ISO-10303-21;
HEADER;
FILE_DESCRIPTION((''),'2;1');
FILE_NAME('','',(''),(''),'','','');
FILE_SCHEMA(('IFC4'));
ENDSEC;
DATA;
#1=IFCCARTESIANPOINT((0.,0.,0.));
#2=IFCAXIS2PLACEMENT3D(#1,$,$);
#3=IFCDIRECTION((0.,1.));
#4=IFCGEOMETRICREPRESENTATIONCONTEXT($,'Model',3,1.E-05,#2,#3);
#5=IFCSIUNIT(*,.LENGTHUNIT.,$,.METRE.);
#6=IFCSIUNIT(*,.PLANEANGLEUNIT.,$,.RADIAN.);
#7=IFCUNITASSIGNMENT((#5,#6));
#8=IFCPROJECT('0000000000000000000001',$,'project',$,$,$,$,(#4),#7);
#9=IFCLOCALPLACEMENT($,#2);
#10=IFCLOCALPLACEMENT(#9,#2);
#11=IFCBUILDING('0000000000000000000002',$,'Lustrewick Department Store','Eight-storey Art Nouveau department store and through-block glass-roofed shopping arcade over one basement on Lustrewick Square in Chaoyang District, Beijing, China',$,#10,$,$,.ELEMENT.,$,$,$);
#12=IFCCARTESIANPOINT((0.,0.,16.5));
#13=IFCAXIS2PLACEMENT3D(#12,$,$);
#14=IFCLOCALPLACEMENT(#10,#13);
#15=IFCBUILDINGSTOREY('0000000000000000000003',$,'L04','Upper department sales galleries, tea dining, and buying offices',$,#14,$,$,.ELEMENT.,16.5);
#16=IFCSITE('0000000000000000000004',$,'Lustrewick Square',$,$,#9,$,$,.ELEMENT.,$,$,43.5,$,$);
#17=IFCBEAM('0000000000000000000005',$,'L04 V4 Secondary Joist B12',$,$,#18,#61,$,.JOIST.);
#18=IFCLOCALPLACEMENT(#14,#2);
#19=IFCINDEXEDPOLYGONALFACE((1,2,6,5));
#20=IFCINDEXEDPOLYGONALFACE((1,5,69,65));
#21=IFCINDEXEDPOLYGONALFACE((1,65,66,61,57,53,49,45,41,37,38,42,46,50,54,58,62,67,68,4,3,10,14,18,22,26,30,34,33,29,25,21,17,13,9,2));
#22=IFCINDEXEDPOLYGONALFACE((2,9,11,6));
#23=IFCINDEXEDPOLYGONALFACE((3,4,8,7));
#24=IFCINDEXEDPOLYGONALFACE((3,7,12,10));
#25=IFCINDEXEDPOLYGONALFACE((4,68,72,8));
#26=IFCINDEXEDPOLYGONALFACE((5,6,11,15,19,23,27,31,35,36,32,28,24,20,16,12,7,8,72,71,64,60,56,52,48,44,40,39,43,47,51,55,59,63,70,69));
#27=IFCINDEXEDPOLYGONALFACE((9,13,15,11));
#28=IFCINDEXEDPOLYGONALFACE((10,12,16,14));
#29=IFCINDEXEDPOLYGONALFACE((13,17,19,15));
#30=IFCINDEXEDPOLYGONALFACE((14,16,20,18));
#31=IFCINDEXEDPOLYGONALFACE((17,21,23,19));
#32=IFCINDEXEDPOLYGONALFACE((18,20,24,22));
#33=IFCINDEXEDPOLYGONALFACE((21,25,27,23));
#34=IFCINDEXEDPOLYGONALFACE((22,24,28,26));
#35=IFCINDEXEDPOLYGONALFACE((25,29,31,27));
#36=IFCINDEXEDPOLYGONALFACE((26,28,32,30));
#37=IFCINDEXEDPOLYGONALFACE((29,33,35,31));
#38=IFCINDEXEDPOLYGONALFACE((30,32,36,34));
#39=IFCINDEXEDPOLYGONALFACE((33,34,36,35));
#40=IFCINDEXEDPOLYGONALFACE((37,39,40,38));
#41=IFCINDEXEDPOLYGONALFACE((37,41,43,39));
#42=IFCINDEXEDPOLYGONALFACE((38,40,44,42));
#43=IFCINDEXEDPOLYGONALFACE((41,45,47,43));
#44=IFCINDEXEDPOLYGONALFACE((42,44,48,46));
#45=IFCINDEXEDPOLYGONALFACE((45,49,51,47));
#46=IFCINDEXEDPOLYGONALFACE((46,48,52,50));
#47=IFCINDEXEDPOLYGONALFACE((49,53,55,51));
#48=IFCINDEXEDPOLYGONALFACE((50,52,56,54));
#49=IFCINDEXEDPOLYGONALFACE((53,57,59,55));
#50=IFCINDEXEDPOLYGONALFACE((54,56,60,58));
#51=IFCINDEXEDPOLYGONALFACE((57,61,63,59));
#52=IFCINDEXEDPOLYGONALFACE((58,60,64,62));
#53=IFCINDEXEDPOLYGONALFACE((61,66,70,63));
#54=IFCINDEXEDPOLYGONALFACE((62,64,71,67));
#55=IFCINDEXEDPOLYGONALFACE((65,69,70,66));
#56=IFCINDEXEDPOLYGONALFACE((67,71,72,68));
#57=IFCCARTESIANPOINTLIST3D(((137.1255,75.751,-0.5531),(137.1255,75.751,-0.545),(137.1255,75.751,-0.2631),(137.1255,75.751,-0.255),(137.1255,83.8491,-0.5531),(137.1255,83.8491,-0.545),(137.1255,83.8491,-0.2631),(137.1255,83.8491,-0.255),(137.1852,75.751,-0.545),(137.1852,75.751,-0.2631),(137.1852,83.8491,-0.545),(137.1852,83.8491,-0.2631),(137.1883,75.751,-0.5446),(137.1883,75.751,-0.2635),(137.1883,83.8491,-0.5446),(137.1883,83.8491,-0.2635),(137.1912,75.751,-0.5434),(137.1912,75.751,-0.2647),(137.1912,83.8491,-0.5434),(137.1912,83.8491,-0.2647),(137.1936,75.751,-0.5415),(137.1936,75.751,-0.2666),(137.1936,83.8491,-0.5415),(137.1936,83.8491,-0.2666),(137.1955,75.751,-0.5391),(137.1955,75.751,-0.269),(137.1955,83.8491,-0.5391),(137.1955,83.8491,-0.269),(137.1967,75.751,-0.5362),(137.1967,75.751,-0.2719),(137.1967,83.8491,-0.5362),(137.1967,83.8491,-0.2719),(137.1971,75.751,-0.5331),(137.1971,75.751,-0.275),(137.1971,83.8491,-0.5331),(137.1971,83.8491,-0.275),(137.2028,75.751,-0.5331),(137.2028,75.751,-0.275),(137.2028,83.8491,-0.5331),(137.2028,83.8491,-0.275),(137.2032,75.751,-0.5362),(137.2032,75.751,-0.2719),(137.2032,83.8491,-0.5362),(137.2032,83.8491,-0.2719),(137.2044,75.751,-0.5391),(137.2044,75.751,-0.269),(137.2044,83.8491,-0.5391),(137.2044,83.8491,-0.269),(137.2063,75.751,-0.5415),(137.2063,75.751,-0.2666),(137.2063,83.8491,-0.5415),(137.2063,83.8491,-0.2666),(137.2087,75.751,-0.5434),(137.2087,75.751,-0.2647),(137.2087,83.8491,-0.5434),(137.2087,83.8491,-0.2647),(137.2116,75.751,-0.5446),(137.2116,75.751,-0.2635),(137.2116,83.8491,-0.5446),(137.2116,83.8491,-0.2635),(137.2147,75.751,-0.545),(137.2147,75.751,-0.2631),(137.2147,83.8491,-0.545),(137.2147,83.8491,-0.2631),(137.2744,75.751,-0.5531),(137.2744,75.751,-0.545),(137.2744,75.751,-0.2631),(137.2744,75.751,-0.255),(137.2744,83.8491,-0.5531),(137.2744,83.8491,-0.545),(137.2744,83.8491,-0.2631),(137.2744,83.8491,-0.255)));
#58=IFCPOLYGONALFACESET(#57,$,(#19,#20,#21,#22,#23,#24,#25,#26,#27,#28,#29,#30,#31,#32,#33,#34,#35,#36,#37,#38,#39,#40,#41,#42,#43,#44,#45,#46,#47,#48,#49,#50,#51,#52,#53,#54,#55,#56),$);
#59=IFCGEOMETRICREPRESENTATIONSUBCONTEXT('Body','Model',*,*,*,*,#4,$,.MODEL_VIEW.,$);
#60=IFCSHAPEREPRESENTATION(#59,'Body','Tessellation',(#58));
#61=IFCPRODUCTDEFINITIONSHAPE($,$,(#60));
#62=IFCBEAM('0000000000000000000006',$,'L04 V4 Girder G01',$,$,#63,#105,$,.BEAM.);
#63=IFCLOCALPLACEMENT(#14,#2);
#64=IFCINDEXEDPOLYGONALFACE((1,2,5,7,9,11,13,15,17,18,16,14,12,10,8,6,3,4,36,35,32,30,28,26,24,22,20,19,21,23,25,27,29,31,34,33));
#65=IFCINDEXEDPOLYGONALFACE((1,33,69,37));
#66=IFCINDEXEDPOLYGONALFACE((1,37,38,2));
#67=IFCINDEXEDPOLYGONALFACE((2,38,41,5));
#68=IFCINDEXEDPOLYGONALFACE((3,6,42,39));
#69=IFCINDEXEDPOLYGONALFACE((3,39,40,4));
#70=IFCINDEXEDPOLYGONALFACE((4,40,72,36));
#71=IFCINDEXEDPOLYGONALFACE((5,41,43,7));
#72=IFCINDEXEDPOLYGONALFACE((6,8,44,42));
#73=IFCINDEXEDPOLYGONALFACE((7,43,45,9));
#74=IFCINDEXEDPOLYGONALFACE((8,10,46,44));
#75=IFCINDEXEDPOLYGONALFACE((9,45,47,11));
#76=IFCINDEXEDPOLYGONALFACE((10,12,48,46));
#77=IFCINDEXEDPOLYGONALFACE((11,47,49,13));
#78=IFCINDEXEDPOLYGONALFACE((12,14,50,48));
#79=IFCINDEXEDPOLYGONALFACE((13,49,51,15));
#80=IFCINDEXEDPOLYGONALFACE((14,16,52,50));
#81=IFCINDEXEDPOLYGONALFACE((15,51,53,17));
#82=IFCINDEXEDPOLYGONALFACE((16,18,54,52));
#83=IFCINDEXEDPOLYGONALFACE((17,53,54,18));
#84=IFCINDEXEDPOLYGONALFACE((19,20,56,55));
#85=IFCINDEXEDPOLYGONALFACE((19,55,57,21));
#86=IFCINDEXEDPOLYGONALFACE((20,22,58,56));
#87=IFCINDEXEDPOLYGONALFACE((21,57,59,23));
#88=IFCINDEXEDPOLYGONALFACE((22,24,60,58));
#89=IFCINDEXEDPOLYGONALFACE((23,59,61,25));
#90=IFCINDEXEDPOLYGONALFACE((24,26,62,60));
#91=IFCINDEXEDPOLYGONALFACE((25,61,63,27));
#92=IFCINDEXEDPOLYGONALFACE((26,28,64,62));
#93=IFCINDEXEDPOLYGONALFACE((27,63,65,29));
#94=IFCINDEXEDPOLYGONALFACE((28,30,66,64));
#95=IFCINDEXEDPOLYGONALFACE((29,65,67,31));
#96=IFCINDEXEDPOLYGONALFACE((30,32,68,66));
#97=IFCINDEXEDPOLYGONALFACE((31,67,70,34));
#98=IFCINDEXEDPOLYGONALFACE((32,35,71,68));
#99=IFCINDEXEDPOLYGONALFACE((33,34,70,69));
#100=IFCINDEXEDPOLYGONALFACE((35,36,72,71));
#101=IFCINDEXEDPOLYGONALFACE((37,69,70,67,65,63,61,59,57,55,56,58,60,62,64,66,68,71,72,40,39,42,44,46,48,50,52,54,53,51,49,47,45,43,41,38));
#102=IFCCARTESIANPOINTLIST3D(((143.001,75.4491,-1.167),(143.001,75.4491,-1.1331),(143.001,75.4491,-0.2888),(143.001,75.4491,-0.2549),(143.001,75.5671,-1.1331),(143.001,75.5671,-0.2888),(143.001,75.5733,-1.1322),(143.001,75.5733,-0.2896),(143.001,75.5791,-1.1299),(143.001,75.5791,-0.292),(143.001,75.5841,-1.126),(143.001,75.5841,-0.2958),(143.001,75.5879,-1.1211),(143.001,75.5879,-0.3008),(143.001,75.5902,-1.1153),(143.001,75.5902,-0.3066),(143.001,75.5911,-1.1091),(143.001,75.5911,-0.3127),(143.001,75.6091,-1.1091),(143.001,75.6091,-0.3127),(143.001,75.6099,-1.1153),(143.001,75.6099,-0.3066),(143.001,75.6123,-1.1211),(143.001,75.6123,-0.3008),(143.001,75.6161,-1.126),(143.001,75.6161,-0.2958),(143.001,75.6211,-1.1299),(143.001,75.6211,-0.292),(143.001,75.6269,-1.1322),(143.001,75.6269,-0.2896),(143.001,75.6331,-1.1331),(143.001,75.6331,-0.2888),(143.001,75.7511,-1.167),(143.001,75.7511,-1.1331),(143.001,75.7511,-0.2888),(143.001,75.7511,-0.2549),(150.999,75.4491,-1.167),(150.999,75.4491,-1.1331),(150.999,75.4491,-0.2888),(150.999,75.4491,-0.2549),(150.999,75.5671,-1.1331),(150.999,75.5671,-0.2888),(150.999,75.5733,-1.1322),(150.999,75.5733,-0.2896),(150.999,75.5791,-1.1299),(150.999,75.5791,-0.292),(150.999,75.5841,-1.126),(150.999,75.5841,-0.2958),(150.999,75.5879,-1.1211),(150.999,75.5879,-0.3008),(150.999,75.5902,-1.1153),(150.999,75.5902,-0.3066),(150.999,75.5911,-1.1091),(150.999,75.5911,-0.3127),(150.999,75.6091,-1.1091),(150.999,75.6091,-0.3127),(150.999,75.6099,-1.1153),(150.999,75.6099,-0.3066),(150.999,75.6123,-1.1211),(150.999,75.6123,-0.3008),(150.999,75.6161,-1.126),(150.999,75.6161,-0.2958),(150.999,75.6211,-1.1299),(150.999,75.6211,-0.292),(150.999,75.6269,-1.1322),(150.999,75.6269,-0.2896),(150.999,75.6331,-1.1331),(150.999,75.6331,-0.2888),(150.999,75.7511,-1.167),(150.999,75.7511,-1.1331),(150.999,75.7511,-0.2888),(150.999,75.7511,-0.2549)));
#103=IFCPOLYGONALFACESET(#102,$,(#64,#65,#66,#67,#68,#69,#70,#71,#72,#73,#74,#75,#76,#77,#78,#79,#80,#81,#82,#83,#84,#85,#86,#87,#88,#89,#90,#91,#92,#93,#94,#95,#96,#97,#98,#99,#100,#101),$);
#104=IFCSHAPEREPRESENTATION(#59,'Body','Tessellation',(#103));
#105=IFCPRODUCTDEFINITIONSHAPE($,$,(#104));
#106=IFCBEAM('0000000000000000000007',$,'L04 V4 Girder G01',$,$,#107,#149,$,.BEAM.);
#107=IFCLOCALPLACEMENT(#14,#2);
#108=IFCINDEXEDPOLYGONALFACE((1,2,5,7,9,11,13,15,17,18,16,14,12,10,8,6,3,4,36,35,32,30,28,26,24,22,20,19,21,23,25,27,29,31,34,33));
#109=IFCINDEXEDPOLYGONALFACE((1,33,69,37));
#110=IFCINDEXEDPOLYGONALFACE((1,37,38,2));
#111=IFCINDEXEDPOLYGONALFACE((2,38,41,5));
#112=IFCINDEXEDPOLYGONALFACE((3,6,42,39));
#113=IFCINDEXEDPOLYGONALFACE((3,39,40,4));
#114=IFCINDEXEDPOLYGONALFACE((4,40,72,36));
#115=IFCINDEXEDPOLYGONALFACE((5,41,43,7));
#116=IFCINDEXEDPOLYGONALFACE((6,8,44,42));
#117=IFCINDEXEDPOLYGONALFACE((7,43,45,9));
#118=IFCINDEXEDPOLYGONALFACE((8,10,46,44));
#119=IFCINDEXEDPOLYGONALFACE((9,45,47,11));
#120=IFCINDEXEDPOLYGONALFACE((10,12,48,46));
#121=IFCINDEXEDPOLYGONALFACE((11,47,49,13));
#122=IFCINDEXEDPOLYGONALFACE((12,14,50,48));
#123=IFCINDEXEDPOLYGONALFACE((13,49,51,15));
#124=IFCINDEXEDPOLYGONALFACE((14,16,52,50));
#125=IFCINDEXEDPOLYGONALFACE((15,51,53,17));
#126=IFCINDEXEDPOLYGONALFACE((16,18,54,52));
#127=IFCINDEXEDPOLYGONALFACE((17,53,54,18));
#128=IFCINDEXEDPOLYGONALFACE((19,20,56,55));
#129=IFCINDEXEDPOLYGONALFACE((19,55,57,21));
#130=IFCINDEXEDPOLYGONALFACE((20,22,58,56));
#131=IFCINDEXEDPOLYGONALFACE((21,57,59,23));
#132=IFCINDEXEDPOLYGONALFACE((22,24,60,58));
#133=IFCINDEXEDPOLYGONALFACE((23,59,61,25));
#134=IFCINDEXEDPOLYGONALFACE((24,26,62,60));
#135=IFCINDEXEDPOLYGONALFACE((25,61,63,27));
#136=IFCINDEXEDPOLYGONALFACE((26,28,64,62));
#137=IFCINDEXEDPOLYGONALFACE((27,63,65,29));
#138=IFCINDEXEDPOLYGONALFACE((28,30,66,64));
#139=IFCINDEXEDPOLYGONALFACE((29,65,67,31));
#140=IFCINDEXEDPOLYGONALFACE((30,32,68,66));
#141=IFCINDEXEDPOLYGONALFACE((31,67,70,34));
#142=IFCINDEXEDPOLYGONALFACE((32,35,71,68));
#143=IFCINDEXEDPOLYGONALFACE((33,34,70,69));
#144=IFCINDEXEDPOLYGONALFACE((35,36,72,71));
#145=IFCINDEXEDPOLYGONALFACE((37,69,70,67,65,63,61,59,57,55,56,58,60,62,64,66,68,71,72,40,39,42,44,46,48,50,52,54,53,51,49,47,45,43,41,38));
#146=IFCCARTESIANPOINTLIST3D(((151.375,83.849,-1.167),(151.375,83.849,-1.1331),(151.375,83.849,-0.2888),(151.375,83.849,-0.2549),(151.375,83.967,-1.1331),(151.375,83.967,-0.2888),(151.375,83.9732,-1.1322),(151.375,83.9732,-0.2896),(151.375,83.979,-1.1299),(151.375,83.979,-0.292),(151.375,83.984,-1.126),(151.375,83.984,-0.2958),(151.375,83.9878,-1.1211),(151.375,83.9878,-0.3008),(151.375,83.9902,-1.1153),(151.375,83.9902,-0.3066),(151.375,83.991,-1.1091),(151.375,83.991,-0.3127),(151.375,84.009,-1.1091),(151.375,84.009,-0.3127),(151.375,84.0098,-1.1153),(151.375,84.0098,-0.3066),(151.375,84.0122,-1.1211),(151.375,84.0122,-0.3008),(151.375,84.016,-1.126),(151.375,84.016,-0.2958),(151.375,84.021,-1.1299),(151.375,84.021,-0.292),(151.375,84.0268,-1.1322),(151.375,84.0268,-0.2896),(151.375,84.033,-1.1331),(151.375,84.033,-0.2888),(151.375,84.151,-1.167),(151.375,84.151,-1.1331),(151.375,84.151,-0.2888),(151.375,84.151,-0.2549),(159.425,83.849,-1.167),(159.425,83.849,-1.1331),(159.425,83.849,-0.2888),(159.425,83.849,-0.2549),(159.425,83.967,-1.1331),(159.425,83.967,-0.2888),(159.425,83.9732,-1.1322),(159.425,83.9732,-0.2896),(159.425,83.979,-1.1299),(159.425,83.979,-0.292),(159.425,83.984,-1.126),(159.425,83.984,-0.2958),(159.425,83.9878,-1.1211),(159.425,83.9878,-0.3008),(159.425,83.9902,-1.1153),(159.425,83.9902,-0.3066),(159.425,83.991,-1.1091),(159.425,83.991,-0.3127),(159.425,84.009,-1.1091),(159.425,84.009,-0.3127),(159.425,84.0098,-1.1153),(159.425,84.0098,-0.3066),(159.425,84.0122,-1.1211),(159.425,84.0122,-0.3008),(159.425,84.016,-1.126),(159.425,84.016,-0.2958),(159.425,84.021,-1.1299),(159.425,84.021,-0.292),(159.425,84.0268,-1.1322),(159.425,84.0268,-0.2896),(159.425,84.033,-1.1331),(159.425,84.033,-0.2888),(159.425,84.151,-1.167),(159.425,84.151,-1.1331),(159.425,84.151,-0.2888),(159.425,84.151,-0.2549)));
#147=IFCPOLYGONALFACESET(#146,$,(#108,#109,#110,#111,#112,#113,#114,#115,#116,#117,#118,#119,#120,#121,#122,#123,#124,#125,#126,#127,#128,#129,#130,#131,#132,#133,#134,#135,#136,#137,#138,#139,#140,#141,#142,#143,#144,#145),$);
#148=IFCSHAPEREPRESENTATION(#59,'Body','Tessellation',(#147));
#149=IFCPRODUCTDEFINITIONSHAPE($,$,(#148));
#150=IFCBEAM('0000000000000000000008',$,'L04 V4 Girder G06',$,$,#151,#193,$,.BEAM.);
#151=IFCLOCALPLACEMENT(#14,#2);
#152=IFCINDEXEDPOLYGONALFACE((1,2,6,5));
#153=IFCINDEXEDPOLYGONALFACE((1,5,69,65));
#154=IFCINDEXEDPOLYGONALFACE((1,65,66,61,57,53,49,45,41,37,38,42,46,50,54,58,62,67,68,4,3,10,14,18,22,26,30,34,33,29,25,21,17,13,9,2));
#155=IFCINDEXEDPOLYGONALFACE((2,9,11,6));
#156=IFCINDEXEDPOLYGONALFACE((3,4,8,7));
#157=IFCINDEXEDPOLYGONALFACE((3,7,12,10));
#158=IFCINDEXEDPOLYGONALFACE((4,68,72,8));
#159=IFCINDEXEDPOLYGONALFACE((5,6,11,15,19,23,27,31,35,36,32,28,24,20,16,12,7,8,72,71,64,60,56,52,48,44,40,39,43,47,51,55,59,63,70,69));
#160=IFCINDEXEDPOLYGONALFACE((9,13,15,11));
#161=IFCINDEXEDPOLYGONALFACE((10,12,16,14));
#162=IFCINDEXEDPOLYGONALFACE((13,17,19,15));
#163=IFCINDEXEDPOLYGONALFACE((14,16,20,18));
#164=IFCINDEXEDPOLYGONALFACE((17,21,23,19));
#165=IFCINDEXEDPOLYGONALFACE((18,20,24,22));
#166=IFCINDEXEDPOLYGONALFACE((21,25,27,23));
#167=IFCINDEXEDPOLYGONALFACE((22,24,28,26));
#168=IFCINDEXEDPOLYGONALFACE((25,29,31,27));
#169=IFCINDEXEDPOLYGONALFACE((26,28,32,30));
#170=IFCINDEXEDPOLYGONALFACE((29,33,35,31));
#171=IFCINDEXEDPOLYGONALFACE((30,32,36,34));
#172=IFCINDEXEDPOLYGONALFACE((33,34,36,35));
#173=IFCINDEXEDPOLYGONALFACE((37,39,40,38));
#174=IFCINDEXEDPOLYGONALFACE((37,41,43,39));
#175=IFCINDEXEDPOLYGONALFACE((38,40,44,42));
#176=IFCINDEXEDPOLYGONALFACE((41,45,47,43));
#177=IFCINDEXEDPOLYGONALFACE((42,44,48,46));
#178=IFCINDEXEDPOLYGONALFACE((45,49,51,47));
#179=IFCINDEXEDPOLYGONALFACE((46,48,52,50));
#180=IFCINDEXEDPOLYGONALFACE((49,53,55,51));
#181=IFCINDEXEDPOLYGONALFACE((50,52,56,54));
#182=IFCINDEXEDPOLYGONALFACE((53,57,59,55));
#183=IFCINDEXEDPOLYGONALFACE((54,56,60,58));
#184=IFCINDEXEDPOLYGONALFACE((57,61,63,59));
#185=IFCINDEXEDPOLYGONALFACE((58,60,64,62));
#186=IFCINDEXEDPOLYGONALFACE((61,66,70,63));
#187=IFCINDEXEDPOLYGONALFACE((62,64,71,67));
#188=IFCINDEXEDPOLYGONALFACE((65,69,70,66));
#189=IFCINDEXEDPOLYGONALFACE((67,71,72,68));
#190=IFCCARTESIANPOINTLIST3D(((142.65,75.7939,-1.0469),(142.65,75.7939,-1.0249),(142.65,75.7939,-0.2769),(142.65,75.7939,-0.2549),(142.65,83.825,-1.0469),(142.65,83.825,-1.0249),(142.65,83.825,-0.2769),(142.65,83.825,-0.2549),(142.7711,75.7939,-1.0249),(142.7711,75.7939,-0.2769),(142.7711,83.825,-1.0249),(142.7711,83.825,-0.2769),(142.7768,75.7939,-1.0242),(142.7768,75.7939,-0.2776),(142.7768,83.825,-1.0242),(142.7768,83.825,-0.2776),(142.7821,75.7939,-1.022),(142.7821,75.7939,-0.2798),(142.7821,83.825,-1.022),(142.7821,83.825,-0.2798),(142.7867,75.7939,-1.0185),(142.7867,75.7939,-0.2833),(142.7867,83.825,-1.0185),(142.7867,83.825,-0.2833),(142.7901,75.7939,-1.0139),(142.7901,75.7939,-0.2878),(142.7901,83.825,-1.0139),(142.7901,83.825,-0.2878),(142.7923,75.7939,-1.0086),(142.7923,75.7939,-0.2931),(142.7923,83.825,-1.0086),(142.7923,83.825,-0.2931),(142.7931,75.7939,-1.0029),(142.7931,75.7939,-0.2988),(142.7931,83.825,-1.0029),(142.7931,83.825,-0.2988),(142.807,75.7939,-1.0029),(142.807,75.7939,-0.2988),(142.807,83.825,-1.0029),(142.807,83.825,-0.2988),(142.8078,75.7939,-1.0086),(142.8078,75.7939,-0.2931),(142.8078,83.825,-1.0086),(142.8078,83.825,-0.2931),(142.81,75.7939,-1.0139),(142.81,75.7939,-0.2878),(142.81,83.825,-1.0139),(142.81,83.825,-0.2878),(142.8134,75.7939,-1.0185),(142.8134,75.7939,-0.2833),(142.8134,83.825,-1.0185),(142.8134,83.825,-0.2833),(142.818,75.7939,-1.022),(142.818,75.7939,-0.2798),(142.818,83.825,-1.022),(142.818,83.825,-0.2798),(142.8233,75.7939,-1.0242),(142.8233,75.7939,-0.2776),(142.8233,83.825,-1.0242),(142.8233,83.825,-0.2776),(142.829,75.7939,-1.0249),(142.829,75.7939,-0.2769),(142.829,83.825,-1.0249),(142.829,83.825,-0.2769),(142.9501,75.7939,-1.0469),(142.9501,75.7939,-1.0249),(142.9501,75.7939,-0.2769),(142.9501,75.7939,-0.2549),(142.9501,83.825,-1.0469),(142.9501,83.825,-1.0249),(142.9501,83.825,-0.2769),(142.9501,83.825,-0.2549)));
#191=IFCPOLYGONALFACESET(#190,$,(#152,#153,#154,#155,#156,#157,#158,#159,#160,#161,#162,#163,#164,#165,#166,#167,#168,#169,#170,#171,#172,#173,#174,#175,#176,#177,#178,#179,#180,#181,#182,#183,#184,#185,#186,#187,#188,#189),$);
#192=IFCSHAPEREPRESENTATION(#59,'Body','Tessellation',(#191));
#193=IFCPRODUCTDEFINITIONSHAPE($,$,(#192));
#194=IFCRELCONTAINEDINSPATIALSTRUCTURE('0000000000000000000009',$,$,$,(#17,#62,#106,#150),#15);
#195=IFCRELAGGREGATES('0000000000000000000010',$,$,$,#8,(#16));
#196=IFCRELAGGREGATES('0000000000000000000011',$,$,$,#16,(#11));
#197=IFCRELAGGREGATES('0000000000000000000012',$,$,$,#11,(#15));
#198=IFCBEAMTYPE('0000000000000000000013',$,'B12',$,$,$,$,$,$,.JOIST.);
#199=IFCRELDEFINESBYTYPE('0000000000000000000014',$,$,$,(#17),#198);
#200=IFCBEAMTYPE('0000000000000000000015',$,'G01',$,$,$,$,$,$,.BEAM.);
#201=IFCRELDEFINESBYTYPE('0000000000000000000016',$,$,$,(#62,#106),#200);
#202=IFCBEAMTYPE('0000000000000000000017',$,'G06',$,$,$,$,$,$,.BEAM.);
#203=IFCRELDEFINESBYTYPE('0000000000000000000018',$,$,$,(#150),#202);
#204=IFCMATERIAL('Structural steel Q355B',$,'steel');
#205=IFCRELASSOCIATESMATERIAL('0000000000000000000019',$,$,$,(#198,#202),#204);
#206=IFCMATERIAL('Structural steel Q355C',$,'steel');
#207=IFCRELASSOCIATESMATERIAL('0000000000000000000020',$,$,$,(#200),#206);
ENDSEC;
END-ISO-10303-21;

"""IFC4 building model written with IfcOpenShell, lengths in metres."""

from ifc_helpers import new_model, si_unit, direction, frame, origin, origin_2d, place, context, subcontext, project, spatial, i_section, extrude, material, material_profile, profile_set, type_object, element, save


model = new_model("IFC4")

# Units and contexts
model_context = context("Model", 3, precision=1e-05, world=origin(), true_north=direction((0.0, 1.0)))
body_context = subcontext(model_context, "Body", "Model", "MODEL_VIEW")
ifc_project = project(units=[si_unit("LENGTHUNIT", "METRE"), si_unit("PLANEANGLEUNIT", "RADIAN")], contexts=[model_context])

# Site, building, storey
site_placement = place(None, origin())
site = spatial("IfcSite", under=ifc_project, at=site_placement, Name="Lustrewick Square", CompositionType="ELEMENT", RefElevation=43.5)
building_placement = place(site_placement, origin())
building = spatial("IfcBuilding", under=site, at=building_placement, Name="Lustrewick Department Store", Description="Eight-storey Art Nouveau department store and through-block glass-roofed shopping arcade over one basement on Lustrewick Square in Chaoyang District, Beijing, China", CompositionType="ELEMENT")
storey_placement = place(building_placement, frame((0.0, 0.0, 16.5)))
storey = spatial("IfcBuildingStorey", under=building, at=storey_placement, Name="L04", Description="Upper department sales galleries, tea dining, and buying offices", CompositionType="ELEMENT", Elevation=16.5)

# Shared definitions
ifc_material_1 = material(Name="Structural steel Q355C", Category="steel")
ifc_material_2 = material(Name="Structural steel Q355B", Category="steel")

# Beams
ifc_material_profile_1 = material_profile(ifc_material_2, i_section(OverallWidth=0.1489, OverallDepth=0.2981, WebThickness=0.0056, FlangeThickness=0.0081, FilletRadius=0.012, at=origin_2d()), Name="HN 298x149x5.5x8")
ifc_profile_set_1 = profile_set([ifc_material_profile_1], Name="Structural steel Q355B")
beam_type_1 = type_object("IfcBeamType", Name="B12", PredefinedType="JOIST", material=ifc_profile_set_1)
beam_1_placement = place(storey_placement, frame((137.2, 75.751, -0.4041), z_axis=(0.0, 1.0, 0.0), x_axis=(-1.0, 0.0, 0.0)))
element("IfcBeam", 1, at=beam_1_placement, inside=storey, type_object=beam_type_1, Name="L04 V4 Secondary Joist B12", PredefinedType="JOIST", context=body_context, shape_type="SweptSolid", body=[
    extrude(i_section(OverallWidth=0.1489, OverallDepth=0.2981, WebThickness=0.0056, FlangeThickness=0.0081, FilletRadius=0.012, at=origin_2d()), origin(), (0.0, 0.0, 1.0), 8.0981),
])
ifc_material_profile_2 = material_profile(ifc_material_1, i_section(OverallWidth=0.302, OverallDepth=0.9121, WebThickness=0.0181, FlangeThickness=0.0339, FilletRadius=0.0239, at=origin_2d()), Name="HN 912x302x18x34")
ifc_profile_set_2 = profile_set([ifc_material_profile_2], Name="Structural steel Q355C")
beam_type_2 = type_object("IfcBeamType", Name="G01", PredefinedType="BEAM", material=ifc_profile_set_2)
beam_2_placement = place(storey_placement, frame((143.001, 75.6001, -0.7109), z_axis=(1.0, 0.0, 0.0), x_axis=(0.0, 1.0, 0.0)))
element("IfcBeam", 2, at=beam_2_placement, inside=storey, type_object=beam_type_2, Name="L04 V4 Girder G01", PredefinedType="BEAM", context=body_context, shape_type="SweptSolid", body=[
    extrude(i_section(OverallWidth=0.302, OverallDepth=0.9121, WebThickness=0.0181, FlangeThickness=0.0339, FilletRadius=0.0239, at=origin_2d()), origin(), (0.0, 0.0, 1.0), 7.998),
])
beam_3_placement = place(storey_placement, frame((151.375, 84.0, -0.7109), z_axis=(1.0, 0.0, 0.0), x_axis=(0.0, 1.0, 0.0)))
element("IfcBeam", 3, at=beam_3_placement, inside=storey, type_object=beam_type_2, Name="L04 V4 Girder G01", PredefinedType="BEAM", context=body_context, shape_type="SweptSolid", body=[
    extrude(i_section(OverallWidth=0.302, OverallDepth=0.9121, WebThickness=0.0181, FlangeThickness=0.0339, FilletRadius=0.0239, at=origin_2d()), origin(), (0.0, 0.0, 1.0), 8.05),
])
ifc_material_profile_3 = material_profile(ifc_material_2, i_section(OverallWidth=0.3, OverallDepth=0.792, WebThickness=0.0139, FlangeThickness=0.022, FilletRadius=0.022, at=origin_2d()), Name="HN 792x300x14x22")
ifc_profile_set_3 = profile_set([ifc_material_profile_3], Name="Structural steel Q355B")
beam_type_3 = type_object("IfcBeamType", Name="G06", PredefinedType="BEAM", material=ifc_profile_set_3)
beam_4_placement = place(storey_placement, frame((142.8, 75.7939, -0.6509), z_axis=(0.0, 1.0, 0.0), x_axis=(-1.0, 0.0, 0.0)))
element("IfcBeam", 4, at=beam_4_placement, inside=storey, type_object=beam_type_3, Name="L04 V4 Girder G06", PredefinedType="BEAM", context=body_context, shape_type="SweptSolid", body=[
    extrude(i_section(OverallWidth=0.3, OverallDepth=0.792, WebThickness=0.0139, FlangeThickness=0.022, FilletRadius=0.022, at=origin_2d()), origin(), (0.0, 0.0, 1.0), 8.031),
])

save(model, "model.ifc")
